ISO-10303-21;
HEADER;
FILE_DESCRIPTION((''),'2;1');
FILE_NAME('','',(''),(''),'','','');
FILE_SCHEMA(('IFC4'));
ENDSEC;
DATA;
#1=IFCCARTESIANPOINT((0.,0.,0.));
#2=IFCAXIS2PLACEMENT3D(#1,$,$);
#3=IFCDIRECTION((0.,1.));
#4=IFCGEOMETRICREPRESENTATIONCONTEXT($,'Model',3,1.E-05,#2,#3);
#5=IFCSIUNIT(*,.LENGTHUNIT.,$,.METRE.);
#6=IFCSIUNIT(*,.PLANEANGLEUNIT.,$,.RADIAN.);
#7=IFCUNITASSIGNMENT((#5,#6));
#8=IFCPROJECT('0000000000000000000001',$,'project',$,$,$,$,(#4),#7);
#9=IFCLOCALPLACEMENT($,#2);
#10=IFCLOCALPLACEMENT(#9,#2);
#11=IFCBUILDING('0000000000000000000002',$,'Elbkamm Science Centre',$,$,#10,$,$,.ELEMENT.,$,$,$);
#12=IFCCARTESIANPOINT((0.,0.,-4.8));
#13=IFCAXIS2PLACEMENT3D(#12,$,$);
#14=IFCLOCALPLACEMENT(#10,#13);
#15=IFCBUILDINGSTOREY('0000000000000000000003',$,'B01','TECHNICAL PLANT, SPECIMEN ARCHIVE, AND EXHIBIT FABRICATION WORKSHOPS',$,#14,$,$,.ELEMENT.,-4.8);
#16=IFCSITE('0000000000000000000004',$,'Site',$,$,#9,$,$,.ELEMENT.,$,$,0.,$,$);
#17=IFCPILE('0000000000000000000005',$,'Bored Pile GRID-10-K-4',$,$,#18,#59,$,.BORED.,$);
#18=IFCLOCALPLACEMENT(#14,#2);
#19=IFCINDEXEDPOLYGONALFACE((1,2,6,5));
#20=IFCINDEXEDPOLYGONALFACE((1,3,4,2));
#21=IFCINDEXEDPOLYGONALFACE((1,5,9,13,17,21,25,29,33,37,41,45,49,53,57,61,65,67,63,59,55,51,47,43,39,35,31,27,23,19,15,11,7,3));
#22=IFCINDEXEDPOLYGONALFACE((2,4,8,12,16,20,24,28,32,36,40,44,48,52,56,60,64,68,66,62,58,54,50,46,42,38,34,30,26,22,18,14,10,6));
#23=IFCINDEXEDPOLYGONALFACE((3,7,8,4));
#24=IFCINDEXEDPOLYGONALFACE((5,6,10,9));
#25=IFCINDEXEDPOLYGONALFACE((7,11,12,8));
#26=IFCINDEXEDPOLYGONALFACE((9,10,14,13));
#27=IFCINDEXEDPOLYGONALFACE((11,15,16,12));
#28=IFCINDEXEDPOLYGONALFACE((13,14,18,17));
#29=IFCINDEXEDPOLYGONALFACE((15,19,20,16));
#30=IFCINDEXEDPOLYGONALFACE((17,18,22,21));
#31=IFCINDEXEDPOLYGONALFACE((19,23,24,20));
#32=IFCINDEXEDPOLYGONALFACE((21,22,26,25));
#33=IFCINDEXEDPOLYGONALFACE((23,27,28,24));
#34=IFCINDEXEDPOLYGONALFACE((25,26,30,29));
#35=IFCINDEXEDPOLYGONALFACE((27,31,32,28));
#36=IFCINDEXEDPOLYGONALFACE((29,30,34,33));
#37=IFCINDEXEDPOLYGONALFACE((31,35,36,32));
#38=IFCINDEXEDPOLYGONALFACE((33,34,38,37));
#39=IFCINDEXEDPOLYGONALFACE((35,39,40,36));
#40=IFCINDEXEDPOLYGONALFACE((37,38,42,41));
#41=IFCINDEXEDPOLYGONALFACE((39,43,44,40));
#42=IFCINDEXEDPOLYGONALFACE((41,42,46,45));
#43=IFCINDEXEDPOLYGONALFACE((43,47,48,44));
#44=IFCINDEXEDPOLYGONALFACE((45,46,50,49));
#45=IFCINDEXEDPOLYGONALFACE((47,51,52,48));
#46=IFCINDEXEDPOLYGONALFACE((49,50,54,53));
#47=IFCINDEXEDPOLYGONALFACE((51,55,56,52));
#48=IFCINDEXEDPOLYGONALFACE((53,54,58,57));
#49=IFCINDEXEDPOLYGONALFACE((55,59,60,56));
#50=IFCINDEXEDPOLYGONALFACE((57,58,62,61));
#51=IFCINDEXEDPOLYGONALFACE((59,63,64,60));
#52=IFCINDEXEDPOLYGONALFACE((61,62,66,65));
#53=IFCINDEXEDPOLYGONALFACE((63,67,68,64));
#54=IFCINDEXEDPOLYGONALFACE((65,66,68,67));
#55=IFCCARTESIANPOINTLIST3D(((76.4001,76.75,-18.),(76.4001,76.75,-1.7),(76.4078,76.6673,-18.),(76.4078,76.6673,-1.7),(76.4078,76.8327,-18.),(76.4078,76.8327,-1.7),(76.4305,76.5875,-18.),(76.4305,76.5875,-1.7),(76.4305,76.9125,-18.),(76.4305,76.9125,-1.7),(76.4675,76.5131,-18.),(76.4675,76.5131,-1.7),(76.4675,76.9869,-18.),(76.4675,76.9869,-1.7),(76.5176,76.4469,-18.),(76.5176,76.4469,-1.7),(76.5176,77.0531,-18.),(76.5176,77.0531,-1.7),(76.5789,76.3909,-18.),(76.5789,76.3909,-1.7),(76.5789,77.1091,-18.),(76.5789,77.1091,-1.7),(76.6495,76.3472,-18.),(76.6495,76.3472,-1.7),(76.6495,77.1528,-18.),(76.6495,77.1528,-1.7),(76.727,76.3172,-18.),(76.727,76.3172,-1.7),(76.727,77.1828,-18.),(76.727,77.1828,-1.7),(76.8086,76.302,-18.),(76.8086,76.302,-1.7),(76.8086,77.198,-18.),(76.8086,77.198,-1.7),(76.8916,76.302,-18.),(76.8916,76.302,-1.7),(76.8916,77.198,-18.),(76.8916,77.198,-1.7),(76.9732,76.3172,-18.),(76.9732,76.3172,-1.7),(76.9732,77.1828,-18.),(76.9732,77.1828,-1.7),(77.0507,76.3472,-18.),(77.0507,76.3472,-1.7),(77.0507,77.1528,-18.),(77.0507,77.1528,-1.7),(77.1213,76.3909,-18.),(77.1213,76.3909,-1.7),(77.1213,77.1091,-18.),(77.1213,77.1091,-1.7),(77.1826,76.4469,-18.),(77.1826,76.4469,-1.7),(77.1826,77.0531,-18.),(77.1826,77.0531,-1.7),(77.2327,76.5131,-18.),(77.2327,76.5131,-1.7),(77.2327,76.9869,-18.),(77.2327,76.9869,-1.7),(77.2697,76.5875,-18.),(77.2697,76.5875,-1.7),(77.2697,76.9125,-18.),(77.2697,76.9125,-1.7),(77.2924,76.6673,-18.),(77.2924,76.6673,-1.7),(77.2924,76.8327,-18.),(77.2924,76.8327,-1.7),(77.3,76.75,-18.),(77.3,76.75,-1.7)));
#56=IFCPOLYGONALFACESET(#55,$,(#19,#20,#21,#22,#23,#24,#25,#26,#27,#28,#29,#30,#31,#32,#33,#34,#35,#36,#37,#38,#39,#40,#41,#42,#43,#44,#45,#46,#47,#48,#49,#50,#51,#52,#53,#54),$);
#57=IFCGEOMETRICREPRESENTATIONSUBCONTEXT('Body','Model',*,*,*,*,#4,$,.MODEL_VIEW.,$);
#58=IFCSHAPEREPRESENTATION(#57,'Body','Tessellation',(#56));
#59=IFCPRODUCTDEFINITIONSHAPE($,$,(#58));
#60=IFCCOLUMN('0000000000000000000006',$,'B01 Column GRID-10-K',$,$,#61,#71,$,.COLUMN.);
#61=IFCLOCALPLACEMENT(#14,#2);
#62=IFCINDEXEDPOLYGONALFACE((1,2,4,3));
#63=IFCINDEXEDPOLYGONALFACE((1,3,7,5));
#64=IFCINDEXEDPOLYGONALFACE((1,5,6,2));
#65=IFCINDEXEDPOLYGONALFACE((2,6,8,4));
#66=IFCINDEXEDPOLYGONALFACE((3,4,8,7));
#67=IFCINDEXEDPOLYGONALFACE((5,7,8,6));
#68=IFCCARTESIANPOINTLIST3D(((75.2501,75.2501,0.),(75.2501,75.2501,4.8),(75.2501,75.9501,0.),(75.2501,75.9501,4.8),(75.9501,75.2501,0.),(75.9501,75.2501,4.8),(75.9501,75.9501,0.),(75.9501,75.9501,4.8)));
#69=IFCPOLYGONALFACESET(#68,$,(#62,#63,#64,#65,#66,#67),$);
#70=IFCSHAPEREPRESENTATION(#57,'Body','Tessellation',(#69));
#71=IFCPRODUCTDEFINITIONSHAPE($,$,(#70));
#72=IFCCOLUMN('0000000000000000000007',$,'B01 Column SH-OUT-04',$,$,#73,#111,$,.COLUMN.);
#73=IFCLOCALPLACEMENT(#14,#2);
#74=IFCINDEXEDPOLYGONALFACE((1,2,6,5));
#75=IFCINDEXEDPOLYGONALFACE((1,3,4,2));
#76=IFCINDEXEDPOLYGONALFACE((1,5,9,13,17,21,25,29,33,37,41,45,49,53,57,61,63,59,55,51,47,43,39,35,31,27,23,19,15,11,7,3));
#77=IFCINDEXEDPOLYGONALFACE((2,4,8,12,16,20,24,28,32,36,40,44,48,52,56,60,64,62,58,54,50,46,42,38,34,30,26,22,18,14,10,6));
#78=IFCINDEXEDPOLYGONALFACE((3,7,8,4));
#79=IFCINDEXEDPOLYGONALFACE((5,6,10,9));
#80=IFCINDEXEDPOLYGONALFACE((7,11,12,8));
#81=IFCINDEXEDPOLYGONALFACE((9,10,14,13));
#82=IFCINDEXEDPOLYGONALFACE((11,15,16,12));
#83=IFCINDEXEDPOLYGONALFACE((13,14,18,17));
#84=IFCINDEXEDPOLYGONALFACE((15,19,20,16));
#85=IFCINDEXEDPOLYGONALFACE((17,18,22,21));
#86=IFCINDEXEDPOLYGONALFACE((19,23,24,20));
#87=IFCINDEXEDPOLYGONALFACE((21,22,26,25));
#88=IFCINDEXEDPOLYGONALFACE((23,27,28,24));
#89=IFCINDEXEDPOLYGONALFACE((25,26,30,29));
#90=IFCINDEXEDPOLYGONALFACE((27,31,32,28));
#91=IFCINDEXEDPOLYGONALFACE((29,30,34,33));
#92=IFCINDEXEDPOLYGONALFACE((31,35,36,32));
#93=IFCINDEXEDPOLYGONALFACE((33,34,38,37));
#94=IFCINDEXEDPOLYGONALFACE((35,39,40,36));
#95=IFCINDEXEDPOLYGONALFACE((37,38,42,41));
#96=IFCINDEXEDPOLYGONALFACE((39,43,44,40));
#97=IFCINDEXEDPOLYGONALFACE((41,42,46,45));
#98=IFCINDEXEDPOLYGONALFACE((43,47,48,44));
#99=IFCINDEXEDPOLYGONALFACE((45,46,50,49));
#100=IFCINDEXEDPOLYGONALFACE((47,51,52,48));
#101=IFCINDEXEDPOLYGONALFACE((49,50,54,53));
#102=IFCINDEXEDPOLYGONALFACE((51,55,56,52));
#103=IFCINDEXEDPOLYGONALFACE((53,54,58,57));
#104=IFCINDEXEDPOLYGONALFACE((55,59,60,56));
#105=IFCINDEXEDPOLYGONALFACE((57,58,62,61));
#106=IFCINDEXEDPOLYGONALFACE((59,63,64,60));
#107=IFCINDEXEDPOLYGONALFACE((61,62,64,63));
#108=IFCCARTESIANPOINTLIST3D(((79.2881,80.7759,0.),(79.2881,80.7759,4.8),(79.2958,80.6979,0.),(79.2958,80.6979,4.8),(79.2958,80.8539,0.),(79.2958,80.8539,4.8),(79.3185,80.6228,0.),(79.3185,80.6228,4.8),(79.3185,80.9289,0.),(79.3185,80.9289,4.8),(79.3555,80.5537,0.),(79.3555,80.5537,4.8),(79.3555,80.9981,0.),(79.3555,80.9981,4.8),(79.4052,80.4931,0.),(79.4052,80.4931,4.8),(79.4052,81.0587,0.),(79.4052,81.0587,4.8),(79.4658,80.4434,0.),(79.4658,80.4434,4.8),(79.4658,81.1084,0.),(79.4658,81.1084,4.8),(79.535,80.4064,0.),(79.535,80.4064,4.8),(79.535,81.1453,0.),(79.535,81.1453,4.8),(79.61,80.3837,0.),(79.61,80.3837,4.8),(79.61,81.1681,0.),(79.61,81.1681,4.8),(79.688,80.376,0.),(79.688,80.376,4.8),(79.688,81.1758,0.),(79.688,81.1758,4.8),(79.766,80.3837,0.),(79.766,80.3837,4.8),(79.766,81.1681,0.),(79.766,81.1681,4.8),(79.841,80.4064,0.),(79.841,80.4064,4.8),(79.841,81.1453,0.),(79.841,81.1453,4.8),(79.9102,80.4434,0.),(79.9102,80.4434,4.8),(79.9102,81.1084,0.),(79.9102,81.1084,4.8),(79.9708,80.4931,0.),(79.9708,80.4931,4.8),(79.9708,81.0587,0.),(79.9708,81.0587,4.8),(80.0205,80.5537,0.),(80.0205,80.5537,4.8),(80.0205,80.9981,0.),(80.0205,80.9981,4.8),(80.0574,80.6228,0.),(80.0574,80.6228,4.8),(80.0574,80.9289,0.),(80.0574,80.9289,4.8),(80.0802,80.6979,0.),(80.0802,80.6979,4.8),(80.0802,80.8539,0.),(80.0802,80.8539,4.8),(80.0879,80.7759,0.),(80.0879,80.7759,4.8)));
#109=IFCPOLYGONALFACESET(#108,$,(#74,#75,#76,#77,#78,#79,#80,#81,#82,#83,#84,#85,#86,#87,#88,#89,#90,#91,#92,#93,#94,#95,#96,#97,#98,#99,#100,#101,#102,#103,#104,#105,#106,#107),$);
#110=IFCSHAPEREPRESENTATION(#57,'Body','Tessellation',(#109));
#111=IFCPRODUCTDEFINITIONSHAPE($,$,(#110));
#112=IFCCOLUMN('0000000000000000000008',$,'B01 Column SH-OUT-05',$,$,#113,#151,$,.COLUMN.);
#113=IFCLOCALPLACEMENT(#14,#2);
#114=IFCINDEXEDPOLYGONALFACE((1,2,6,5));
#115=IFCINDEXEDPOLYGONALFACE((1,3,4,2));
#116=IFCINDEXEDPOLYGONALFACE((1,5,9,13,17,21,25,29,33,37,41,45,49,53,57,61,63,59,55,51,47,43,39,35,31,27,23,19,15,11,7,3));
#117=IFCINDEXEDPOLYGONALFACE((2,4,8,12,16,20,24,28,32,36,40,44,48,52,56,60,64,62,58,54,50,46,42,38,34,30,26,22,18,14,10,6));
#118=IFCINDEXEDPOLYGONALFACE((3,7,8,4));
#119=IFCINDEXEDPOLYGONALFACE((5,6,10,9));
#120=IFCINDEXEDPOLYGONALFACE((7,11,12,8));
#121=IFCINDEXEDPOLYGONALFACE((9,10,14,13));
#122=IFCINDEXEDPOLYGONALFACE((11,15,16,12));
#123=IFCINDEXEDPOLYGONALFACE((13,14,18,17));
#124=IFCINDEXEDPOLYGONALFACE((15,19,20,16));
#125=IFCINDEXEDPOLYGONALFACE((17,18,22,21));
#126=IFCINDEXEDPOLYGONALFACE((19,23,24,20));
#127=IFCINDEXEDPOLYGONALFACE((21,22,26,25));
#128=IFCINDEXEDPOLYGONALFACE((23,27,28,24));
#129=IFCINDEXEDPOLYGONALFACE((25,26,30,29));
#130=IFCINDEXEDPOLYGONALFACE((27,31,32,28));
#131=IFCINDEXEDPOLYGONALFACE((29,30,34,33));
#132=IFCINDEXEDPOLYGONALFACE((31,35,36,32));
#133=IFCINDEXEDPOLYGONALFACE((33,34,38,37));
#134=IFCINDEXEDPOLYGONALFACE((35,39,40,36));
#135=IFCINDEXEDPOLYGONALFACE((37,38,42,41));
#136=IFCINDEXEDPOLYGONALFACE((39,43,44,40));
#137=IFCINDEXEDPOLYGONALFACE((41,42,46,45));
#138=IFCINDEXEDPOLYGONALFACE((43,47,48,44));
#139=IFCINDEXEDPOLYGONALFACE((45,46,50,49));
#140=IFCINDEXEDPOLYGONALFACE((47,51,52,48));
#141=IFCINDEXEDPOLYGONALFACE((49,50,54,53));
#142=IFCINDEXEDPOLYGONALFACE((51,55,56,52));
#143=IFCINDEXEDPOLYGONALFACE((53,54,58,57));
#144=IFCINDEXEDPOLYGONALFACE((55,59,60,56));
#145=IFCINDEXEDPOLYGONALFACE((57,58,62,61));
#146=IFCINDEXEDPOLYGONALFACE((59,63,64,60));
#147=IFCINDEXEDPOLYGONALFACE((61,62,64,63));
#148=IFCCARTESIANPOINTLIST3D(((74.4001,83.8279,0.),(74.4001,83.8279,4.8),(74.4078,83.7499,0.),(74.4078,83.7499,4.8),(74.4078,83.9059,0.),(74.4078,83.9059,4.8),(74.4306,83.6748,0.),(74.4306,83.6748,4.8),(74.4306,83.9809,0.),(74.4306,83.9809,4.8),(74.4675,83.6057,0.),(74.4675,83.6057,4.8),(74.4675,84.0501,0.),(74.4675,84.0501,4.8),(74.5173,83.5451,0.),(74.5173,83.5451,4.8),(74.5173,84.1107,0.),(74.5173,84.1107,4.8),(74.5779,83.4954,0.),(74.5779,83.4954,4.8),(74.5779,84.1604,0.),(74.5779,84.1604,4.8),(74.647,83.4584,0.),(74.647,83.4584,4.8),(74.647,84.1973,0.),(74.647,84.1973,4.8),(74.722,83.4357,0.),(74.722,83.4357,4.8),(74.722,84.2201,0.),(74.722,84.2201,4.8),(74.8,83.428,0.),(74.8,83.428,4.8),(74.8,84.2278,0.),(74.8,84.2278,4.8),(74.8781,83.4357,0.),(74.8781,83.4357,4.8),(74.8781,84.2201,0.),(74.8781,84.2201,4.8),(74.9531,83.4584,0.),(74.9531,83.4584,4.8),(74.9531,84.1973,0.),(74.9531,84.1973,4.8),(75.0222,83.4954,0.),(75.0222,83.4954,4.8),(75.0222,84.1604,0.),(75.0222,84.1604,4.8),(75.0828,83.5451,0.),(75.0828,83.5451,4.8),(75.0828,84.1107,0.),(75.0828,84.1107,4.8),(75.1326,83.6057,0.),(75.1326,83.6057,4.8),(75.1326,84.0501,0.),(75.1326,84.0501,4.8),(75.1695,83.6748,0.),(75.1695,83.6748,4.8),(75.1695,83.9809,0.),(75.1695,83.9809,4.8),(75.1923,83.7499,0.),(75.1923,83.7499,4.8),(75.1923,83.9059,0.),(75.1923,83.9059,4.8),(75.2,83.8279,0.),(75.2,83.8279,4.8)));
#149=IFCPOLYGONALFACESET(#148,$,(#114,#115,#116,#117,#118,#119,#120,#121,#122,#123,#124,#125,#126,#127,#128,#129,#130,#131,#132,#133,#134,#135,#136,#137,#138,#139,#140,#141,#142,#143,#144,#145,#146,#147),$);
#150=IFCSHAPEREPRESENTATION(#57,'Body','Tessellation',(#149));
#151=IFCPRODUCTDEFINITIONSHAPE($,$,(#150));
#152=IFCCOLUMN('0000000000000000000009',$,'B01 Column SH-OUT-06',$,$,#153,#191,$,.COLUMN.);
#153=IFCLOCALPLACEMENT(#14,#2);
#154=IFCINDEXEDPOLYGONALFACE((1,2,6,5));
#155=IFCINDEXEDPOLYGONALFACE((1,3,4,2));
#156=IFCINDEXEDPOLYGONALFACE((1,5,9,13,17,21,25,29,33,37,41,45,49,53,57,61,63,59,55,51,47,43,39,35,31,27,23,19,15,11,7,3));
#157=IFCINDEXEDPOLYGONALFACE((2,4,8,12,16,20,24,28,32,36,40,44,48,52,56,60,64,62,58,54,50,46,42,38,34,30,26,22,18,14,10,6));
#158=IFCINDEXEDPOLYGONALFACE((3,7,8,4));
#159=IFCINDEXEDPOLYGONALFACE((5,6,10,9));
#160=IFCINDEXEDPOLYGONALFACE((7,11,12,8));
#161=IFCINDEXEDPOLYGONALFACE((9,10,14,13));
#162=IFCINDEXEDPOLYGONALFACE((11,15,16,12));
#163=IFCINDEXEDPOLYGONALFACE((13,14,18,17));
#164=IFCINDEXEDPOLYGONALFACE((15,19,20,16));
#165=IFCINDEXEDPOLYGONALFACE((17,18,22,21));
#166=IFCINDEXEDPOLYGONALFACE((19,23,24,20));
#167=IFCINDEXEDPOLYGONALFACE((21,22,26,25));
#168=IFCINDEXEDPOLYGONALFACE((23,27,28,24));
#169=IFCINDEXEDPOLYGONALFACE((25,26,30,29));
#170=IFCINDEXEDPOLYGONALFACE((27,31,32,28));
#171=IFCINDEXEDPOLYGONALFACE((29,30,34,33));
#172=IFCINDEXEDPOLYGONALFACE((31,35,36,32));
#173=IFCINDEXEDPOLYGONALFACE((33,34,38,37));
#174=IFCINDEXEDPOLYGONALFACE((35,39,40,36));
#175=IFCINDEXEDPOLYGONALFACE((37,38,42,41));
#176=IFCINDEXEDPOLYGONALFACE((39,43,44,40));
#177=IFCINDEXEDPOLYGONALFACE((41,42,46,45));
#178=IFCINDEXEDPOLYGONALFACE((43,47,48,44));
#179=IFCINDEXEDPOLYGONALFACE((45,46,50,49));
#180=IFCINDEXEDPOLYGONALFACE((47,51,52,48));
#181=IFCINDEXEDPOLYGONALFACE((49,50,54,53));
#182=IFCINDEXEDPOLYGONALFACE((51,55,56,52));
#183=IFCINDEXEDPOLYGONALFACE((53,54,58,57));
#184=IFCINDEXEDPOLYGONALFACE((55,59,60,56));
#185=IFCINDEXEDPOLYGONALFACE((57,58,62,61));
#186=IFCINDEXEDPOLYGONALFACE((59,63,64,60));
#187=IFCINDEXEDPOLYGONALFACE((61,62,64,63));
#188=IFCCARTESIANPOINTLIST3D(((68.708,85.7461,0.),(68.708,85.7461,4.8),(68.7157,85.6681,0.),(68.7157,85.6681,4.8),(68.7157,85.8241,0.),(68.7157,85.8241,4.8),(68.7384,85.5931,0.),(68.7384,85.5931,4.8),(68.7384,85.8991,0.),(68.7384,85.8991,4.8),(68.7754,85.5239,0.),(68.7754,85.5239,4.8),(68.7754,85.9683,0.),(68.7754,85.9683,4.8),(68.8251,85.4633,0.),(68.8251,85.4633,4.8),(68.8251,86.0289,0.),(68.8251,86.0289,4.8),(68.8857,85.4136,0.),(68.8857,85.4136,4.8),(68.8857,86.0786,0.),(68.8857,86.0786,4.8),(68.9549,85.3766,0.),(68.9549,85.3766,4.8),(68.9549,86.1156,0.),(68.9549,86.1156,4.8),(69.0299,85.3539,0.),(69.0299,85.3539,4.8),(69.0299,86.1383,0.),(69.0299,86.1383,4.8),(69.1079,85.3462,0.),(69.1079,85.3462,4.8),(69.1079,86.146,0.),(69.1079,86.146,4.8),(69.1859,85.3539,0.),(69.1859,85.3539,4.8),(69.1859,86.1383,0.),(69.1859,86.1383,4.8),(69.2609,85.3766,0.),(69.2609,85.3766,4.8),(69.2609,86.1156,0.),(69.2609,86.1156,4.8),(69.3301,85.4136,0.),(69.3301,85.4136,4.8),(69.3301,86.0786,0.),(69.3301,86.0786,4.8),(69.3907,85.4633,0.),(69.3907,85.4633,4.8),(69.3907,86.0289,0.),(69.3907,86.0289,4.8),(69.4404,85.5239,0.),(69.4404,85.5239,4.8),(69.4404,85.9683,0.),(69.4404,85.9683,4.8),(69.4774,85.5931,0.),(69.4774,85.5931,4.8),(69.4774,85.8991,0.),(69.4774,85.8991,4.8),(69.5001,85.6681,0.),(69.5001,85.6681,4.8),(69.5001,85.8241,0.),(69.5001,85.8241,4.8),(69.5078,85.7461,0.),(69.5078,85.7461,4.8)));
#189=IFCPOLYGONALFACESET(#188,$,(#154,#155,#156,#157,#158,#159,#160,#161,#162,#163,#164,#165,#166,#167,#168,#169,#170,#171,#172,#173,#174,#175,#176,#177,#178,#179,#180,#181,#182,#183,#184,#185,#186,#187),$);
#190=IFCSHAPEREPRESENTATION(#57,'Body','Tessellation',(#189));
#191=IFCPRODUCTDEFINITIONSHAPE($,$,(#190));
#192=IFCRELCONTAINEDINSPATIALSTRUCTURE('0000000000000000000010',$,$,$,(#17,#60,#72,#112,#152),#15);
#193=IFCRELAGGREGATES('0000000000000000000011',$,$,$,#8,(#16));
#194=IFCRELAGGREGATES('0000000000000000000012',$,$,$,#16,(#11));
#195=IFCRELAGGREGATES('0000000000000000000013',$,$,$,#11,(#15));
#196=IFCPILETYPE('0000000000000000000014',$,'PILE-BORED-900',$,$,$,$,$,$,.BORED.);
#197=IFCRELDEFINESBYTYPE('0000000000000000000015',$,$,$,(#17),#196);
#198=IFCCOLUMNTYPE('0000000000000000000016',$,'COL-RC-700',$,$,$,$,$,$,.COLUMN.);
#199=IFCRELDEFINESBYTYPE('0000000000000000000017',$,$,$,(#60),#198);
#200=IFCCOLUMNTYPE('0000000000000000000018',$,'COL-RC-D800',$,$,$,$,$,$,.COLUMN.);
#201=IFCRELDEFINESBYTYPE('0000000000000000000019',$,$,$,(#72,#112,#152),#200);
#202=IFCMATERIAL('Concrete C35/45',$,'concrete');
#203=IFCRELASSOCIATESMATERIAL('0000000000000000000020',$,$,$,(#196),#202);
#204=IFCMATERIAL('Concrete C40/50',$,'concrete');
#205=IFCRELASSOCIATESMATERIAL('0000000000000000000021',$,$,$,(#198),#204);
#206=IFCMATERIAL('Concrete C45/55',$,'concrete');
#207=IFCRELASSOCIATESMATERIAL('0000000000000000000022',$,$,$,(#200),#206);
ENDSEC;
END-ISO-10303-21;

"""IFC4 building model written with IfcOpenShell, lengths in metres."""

from ifc_helpers import new_model, si_unit, direction, frame, origin, origin_2d, place, context, subcontext, project, spatial, rectangle, circle, extrude, material, material_profile, profile_set, type_object, element, save


model = new_model("IFC4")

# Units and contexts
model_context = context("Model", 3, precision=1e-05, world=origin(), true_north=direction((0.0, 1.0)))
body_context = subcontext(model_context, "Body", "Model", "MODEL_VIEW")
ifc_project = project(units=[si_unit("LENGTHUNIT", "METRE"), si_unit("PLANEANGLEUNIT", "RADIAN")], contexts=[model_context])

# Site, building, storey
site_placement = place(None, origin())
site = spatial("IfcSite", under=ifc_project, at=site_placement, Name="Site", CompositionType="ELEMENT", RefElevation=0.0)
building_placement = place(site_placement, origin())
building = spatial("IfcBuilding", under=site, at=building_placement, Name="Elbkamm Science Centre", CompositionType="ELEMENT")
storey_placement = place(building_placement, frame((0.0, 0.0, -4.8)))
storey = spatial("IfcBuildingStorey", under=building, at=storey_placement, Name="B01", Description="TECHNICAL PLANT, SPECIMEN ARCHIVE, AND EXHIBIT FABRICATION WORKSHOPS", CompositionType="ELEMENT", Elevation=-4.8)

# Shared definitions
ifc_material_1 = material(Name="Concrete C35/45", Category="concrete")

# Pile
ifc_material_profile_1 = material_profile(ifc_material_1, circle(Radius=0.45, at=origin_2d()), Name="PILE D900")
ifc_profile_set_1 = profile_set([ifc_material_profile_1], Name="Concrete C35/45")
pile_type = type_object("IfcPileType", Name="PILE-BORED-900", PredefinedType="BORED", material=ifc_profile_set_1)
for number, where, z_axis, x_axis, name in (
    (1, (76.8501, 76.75, -1.7), (0.0, 0.0, -1.0), (1.0, 0.0, 0.0), "Bored Pile GRID-10-K-4"),
):
    element("IfcPile", number, at=place(storey_placement, frame(where, z_axis=z_axis, x_axis=x_axis)), inside=storey, type_object=pile_type, Name=name, PredefinedType="BORED", context=body_context, shape_type="SweptSolid", body=[
        extrude(circle(Radius=0.45, at=origin_2d()), origin(), (0.0, 0.0, 1.0), 16.3),
    ])

# Columns
ifc_material_2 = material(Name="Concrete C40/50", Category="concrete")
ifc_material_profile_2 = material_profile(ifc_material_2, rectangle(XDim=0.7, YDim=0.7, at=origin_2d()), Name="RC 700x700")
ifc_profile_set_2 = profile_set([ifc_material_profile_2], Name="Concrete C40/50")
column_type_1 = type_object("IfcColumnType", Name="COL-RC-700", PredefinedType="COLUMN", material=ifc_profile_set_2)
column_placement = place(storey_placement, frame((75.6001, 75.6001, 0.0), z_axis=(0.0, 0.0, 1.0), x_axis=(1.0, 0.0, 0.0)))
element("IfcColumn", 2, at=column_placement, inside=storey, type_object=column_type_1, Name="B01 Column GRID-10-K", PredefinedType="COLUMN", context=body_context, shape_type="SweptSolid", body=[
    extrude(rectangle(XDim=0.7, YDim=0.7, at=origin_2d()), origin(), (0.0, 0.0, 1.0), 4.8),
])
ifc_material_3 = material(Name="Concrete C45/55", Category="concrete")
ifc_material_profile_3 = material_profile(ifc_material_3, circle(Radius=0.3999, at=origin_2d()), Name="RC D800")
ifc_profile_set_3 = profile_set([ifc_material_profile_3], Name="Concrete C45/55")
column_type_2 = type_object("IfcColumnType", Name="COL-RC-D800", PredefinedType="COLUMN", material=ifc_profile_set_3)
for number, where, z_axis, x_axis, name in (
    (3, (79.688, 80.7759, 0.0), (0.0, 0.0, 1.0), (1.0, 0.0, 0.0), "B01 Column SH-OUT-04"),
    (4, (74.8, 83.8279, 0.0), (0.0, 0.0, 1.0), (1.0, 0.0, 0.0), "B01 Column SH-OUT-05"),
    (5, (69.1079, 85.7461, 0.0), (0.0, 0.0, 1.0), (1.0, 0.0, 0.0), "B01 Column SH-OUT-06"),
):
    element("IfcColumn", number, at=place(storey_placement, frame(where, z_axis=z_axis, x_axis=x_axis)), inside=storey, type_object=column_type_2, Name=name, PredefinedType="COLUMN", context=body_context, shape_type="SweptSolid", body=[
        extrude(circle(Radius=0.3999, at=origin_2d()), origin(), (0.0, 0.0, 1.0), 4.8),
    ])

save(model, "model.ifc")
